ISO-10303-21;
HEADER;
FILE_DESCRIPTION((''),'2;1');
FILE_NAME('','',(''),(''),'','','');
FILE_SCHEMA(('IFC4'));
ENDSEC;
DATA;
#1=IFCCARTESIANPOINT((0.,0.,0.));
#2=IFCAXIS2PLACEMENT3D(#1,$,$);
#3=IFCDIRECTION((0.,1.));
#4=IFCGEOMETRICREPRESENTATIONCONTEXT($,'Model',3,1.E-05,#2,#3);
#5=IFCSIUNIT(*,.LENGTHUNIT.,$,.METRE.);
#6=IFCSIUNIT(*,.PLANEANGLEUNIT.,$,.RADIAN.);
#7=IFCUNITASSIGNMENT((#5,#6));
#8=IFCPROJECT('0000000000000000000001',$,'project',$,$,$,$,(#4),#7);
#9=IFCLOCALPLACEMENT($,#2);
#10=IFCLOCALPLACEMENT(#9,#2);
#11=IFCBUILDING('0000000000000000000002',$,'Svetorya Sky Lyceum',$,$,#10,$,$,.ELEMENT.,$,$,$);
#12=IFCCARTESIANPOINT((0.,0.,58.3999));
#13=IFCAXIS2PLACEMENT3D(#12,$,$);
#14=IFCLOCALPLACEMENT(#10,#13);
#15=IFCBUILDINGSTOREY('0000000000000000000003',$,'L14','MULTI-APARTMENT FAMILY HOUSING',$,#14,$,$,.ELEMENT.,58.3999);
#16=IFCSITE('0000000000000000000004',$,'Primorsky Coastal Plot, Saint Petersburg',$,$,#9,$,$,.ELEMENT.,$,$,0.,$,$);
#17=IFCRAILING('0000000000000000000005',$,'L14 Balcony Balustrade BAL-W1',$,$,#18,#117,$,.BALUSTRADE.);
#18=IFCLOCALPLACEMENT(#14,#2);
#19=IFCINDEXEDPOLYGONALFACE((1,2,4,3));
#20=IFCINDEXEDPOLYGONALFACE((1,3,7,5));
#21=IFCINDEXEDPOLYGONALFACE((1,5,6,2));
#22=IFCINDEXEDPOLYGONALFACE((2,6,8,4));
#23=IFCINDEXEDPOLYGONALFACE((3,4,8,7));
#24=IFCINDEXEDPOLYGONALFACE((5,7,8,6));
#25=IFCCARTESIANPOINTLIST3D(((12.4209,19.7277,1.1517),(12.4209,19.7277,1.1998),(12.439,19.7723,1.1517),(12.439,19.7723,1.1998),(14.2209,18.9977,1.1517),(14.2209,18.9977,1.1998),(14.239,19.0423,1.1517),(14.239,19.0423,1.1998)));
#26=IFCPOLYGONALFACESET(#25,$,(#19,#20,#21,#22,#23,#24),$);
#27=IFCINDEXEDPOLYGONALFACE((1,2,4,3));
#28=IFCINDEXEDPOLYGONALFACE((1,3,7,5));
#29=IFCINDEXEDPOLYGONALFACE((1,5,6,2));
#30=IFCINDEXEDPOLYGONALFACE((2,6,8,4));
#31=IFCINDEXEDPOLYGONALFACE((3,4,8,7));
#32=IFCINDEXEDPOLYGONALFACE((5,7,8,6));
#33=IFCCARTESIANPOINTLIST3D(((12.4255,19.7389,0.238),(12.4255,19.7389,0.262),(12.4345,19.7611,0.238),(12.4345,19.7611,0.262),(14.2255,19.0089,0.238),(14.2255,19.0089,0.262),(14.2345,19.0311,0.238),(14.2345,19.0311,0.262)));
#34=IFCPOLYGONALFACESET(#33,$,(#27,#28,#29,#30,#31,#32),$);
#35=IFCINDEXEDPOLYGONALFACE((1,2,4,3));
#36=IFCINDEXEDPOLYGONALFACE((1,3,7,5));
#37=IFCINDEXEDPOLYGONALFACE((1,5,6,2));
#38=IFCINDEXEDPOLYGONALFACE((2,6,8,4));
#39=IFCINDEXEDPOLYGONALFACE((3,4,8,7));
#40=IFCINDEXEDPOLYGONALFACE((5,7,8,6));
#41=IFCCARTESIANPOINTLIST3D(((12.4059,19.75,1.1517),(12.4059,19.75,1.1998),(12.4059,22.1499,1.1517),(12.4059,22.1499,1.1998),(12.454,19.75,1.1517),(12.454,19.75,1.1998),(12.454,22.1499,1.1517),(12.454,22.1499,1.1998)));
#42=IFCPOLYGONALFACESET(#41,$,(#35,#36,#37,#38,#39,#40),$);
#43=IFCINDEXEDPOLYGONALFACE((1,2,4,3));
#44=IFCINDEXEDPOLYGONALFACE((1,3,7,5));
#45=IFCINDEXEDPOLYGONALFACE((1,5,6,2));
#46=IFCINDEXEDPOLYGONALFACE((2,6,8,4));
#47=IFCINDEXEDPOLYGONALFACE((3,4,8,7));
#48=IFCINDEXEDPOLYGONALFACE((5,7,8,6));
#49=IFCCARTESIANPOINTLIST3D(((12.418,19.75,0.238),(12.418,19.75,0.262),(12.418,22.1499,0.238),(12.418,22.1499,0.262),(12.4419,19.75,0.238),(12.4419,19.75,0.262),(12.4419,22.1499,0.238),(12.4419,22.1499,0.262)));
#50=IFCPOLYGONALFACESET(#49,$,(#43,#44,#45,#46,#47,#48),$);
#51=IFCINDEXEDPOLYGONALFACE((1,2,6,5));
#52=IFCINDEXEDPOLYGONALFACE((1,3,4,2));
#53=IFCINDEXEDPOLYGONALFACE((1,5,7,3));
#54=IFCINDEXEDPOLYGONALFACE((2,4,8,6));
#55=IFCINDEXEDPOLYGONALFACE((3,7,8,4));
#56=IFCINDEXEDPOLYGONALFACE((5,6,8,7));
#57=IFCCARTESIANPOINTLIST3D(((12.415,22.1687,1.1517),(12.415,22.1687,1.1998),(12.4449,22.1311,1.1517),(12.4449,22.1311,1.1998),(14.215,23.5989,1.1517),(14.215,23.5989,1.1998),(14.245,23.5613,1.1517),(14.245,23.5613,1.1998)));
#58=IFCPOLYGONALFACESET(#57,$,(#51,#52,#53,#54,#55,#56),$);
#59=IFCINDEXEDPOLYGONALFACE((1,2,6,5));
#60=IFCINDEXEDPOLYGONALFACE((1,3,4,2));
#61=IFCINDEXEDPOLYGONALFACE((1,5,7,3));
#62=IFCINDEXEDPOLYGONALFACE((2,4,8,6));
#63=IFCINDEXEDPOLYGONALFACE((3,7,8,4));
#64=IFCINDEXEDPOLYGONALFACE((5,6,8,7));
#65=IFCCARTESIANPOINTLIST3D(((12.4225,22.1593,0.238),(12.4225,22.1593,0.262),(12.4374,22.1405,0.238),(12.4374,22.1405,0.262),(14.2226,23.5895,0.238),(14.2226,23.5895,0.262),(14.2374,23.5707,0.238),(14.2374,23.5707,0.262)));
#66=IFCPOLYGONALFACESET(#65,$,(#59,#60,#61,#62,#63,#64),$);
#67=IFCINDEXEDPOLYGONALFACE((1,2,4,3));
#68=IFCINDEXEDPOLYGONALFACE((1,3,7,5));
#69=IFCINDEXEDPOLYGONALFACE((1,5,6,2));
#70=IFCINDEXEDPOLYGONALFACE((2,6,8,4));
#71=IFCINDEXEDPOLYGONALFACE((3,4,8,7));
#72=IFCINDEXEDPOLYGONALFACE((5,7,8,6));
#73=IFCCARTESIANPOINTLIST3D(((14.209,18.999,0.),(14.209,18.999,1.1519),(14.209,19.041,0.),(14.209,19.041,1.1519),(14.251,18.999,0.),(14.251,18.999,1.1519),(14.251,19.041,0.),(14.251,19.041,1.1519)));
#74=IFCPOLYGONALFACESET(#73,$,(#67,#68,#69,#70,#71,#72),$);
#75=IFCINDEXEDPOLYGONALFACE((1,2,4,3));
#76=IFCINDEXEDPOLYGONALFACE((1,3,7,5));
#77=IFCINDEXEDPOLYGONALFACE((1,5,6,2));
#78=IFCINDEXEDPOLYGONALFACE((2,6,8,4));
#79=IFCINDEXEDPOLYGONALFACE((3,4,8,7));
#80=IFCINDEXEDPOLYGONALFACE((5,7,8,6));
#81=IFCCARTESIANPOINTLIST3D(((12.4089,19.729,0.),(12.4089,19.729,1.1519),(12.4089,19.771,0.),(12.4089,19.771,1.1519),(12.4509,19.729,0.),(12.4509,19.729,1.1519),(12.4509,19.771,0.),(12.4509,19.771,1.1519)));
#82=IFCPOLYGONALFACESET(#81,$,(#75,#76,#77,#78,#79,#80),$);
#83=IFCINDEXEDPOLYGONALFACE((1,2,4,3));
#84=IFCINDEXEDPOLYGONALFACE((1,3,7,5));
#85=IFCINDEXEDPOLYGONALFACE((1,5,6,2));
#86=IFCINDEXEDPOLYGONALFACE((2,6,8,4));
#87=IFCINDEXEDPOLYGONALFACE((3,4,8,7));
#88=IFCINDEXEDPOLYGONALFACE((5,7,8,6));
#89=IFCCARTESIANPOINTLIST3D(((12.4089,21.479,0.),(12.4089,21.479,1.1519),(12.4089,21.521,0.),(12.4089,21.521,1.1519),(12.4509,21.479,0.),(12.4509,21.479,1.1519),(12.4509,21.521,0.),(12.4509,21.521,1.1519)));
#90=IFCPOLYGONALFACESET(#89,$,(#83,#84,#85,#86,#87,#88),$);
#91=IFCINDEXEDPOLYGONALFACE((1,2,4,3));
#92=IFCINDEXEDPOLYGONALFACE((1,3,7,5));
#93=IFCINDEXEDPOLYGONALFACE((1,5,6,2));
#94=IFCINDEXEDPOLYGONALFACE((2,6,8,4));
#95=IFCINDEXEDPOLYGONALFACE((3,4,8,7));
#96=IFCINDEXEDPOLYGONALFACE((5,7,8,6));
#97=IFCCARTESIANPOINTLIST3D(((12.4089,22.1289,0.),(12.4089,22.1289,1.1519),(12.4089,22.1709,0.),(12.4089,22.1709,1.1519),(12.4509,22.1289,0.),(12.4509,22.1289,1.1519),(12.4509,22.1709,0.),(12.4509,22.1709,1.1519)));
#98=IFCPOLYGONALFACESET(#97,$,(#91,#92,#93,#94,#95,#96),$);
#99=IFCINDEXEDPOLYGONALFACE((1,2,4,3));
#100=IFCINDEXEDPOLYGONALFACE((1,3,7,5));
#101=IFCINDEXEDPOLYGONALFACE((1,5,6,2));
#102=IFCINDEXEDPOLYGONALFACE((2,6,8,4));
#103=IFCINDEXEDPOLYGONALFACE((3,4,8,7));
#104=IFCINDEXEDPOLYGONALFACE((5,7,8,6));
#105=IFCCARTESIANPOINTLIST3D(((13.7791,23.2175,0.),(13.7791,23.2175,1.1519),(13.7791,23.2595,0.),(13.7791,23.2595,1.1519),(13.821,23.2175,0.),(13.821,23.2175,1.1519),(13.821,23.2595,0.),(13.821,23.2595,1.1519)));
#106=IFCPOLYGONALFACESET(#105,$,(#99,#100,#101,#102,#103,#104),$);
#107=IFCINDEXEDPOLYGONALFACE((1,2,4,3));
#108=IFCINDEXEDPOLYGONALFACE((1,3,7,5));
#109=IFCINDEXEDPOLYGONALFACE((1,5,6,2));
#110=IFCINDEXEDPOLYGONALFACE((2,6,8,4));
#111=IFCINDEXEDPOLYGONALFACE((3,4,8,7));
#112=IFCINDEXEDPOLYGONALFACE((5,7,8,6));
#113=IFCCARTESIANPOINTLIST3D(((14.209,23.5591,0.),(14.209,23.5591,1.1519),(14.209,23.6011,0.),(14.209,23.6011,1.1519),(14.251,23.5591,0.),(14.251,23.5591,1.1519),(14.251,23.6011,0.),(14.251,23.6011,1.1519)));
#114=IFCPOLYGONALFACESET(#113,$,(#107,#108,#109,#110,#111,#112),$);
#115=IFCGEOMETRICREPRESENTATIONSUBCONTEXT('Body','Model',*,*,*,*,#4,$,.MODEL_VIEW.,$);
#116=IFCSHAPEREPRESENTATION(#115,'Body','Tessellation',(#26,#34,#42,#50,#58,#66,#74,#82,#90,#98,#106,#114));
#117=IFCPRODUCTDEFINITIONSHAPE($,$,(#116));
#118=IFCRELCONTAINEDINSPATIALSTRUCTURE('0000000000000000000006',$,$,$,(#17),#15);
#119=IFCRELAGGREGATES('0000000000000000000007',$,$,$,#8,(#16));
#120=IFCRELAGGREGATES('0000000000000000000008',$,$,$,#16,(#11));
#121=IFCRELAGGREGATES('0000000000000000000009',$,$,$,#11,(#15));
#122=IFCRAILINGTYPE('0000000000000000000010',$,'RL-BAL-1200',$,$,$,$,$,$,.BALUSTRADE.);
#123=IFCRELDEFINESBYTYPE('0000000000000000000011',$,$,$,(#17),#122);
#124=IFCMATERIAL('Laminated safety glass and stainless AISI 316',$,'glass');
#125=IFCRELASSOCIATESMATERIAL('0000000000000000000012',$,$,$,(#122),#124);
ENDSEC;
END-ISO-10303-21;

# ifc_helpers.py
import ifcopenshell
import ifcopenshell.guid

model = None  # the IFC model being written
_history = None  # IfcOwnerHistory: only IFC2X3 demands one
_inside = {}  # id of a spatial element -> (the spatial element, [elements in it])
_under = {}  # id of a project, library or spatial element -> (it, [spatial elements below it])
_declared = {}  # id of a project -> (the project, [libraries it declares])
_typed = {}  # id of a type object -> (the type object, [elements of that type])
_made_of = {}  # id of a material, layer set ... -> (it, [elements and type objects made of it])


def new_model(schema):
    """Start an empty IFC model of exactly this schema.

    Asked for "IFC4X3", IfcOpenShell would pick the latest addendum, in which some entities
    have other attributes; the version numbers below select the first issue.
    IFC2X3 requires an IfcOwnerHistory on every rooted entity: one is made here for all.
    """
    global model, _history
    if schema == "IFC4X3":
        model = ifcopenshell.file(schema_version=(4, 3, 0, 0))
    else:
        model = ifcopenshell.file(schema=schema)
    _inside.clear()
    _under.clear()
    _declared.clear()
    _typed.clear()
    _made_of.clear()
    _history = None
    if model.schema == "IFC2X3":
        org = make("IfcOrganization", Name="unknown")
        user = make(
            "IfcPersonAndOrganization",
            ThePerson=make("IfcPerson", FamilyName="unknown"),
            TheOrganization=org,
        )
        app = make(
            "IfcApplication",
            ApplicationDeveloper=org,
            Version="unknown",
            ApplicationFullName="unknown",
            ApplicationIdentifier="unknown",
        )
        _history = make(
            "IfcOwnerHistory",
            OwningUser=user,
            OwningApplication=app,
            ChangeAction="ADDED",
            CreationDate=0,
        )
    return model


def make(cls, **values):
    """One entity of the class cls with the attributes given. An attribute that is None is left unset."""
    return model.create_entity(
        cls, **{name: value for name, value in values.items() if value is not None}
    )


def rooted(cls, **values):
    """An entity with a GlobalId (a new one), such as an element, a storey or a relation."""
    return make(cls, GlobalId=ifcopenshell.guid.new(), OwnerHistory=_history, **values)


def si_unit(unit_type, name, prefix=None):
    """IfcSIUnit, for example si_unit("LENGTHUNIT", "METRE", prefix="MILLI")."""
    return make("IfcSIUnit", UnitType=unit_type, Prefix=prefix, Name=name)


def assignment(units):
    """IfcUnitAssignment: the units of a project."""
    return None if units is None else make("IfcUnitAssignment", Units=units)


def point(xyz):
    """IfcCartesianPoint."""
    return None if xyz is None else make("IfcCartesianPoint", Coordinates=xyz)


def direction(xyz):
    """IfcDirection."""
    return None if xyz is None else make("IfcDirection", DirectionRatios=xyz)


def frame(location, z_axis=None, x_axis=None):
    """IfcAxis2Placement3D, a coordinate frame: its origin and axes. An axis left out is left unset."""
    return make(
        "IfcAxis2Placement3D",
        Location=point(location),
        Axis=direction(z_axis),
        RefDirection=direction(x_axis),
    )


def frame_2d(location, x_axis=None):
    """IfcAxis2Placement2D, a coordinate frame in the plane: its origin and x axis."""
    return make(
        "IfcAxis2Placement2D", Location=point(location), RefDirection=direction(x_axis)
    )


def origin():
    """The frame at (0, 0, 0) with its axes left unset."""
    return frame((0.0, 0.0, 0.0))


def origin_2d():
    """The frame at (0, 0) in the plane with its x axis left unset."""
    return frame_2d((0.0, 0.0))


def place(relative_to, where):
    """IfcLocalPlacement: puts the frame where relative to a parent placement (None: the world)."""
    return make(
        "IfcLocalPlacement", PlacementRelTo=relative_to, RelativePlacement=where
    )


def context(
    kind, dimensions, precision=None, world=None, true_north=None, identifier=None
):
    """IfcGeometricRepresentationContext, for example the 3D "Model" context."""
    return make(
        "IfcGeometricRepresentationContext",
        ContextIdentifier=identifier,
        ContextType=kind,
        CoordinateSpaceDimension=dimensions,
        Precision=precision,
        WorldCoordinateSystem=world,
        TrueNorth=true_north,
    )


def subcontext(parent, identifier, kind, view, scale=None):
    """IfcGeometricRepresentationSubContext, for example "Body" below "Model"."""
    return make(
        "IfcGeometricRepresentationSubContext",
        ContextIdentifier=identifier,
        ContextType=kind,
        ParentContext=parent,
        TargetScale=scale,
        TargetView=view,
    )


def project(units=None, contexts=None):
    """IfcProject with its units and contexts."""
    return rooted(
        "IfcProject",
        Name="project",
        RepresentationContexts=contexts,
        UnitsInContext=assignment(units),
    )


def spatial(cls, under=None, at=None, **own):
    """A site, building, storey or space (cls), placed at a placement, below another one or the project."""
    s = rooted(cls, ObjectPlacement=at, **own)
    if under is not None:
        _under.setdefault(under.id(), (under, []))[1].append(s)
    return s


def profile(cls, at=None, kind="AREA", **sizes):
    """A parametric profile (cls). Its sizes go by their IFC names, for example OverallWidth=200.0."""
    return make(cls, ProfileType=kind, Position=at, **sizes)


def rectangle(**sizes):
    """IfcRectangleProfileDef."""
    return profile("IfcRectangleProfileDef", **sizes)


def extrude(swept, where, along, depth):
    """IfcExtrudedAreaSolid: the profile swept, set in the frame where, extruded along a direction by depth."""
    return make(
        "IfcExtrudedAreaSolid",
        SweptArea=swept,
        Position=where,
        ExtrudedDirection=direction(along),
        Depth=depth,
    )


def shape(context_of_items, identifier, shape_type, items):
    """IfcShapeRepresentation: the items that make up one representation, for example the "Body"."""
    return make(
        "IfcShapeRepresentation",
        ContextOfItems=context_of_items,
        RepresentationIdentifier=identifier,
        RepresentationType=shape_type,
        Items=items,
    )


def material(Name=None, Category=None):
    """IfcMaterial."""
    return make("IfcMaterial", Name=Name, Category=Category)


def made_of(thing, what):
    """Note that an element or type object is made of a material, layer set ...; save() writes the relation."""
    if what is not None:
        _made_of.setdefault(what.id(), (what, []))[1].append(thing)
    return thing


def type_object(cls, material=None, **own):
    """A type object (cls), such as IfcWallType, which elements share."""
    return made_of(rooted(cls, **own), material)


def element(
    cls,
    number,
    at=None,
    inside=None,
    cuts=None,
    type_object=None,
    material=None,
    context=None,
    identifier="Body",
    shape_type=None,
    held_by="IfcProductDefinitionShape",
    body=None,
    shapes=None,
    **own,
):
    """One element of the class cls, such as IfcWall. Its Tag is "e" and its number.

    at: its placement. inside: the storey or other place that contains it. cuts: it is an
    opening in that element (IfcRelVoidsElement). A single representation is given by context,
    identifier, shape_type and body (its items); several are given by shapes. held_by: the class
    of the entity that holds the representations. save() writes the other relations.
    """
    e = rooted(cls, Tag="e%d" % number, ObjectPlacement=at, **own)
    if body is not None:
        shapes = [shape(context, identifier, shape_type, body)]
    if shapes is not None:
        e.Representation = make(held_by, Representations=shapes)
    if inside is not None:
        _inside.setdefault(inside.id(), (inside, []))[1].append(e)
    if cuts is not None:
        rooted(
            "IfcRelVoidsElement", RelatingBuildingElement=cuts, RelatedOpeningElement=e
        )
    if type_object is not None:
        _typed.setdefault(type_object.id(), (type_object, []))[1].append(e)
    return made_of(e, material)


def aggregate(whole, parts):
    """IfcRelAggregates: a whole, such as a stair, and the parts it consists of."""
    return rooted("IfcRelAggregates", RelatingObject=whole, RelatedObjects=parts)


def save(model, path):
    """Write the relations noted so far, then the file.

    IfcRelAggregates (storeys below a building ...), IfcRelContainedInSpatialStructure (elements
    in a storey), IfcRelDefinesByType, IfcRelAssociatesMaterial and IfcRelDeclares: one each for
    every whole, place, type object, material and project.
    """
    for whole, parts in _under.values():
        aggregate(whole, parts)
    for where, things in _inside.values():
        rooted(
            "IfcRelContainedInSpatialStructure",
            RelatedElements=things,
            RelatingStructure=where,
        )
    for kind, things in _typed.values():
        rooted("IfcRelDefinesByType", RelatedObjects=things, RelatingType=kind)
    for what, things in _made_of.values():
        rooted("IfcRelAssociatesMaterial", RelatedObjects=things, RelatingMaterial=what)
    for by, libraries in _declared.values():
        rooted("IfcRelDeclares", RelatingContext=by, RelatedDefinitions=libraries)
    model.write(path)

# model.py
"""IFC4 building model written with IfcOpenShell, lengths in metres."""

from ifc_helpers import new_model, si_unit, direction, frame, origin, origin_2d, place, context, subcontext, project, spatial, rectangle, extrude, material, type_object, element, save


model = new_model("IFC4")

# Units and contexts
model_context = context("Model", 3, precision=1e-05, world=origin(), true_north=direction((0.0, 1.0)))
body_context = subcontext(model_context, "Body", "Model", "MODEL_VIEW")
ifc_project = project(units=[si_unit("LENGTHUNIT", "METRE"), si_unit("PLANEANGLEUNIT", "RADIAN")], contexts=[model_context])

# Site, building, storey
site_placement = place(None, origin())
site = spatial("IfcSite", under=ifc_project, at=site_placement, Name="Primorsky Coastal Plot, Saint Petersburg", CompositionType="ELEMENT", RefElevation=0.0)
building_placement = place(site_placement, origin())
building = spatial("IfcBuilding", under=site, at=building_placement, Name="Svetorya Sky Lyceum", CompositionType="ELEMENT")
storey_placement = place(building_placement, frame((0.0, 0.0, 58.3999)))
storey = spatial("IfcBuildingStorey", under=building, at=storey_placement, Name="L14", Description="MULTI-APARTMENT FAMILY HOUSING", CompositionType="ELEMENT", Elevation=58.3999)

# Railing
ifc_material_1 = material(Name="Laminated safety glass and stainless AISI 316", Category="glass")
railing_type = type_object("IfcRailingType", Name="RL-BAL-1200", PredefinedType="BALUSTRADE", material=ifc_material_1)
railing_placement = place(storey_placement, frame((14.23, 19.02, 0.0)))
element("IfcRailing", 1, at=railing_placement, inside=storey, type_object=railing_type, Name="L14 Balcony Balustrade BAL-W1", PredefinedType="BALUSTRADE", context=body_context, shape_type="SweptSolid", body=[
    extrude(rectangle(XDim=0.0481, YDim=0.0481, at=origin_2d()), frame((0.0, 0.0, 1.1758), z_axis=(-0.926698, 0.375807, 0.0), x_axis=(-0.375807, -0.926698, 0.0)), (0.0, 0.0, 1.0), 1.9424),
    extrude(rectangle(XDim=0.0239, YDim=0.0239, at=origin_2d()), frame((0.0, 0.0, 0.25), z_axis=(-0.926698, 0.375807, 0.0), x_axis=(-0.375807, -0.926698, 0.0)), (0.0, 0.0, 1.0), 1.9424),
    extrude(rectangle(XDim=0.0481, YDim=0.0481, at=origin_2d()), frame((-1.8, 0.73, 1.1758), z_axis=(0.0, 1.0, 0.0), x_axis=(-1.0, 0.0, 0.0)), (0.0, 0.0, 1.0), 2.3999),
    extrude(rectangle(XDim=0.0239, YDim=0.0239, at=origin_2d()), frame((-1.8, 0.73, 0.25), z_axis=(0.0, 1.0, 0.0), x_axis=(-1.0, 0.0, 0.0)), (0.0, 0.0, 1.0), 2.3999),
    extrude(rectangle(XDim=0.0481, YDim=0.0481, at=origin_2d()), frame((-1.8, 3.1299, 1.1758), z_axis=(0.782957, 0.622076, 0.0), x_axis=(-0.622076, 0.782957, 0.0)), (0.0, 0.0, 1.0), 2.2991),
    extrude(rectangle(XDim=0.0239, YDim=0.0239, at=origin_2d()), frame((-1.8, 3.1299, 0.25), z_axis=(0.782957, 0.622076, 0.0), x_axis=(-0.622076, 0.782957, 0.0)), (0.0, 0.0, 1.0), 2.2991),
    extrude(rectangle(XDim=0.042, YDim=0.042, at=origin_2d()), origin(), (0.0, 0.0, 1.0), 1.1519),
    extrude(rectangle(XDim=0.042, YDim=0.042, at=origin_2d()), frame((-1.8, 0.73, 0.0)), (0.0, 0.0, 1.0), 1.1519),
    extrude(rectangle(XDim=0.042, YDim=0.042, at=origin_2d()), frame((-1.8, 2.48, 0.0)), (0.0, 0.0, 1.0), 1.1519),
    extrude(rectangle(XDim=0.042, YDim=0.042, at=origin_2d()), frame((-1.8, 3.1299, 0.0)), (0.0, 0.0, 1.0), 1.1519),
    extrude(rectangle(XDim=0.042, YDim=0.042, at=origin_2d()), frame((-0.4299, 4.2185, 0.0)), (0.0, 0.0, 1.0), 1.1519),
    extrude(rectangle(XDim=0.042, YDim=0.042, at=origin_2d()), frame((0.0, 4.5601, 0.0)), (0.0, 0.0, 1.0), 1.1519),
])

save(model, "model.ifc")
